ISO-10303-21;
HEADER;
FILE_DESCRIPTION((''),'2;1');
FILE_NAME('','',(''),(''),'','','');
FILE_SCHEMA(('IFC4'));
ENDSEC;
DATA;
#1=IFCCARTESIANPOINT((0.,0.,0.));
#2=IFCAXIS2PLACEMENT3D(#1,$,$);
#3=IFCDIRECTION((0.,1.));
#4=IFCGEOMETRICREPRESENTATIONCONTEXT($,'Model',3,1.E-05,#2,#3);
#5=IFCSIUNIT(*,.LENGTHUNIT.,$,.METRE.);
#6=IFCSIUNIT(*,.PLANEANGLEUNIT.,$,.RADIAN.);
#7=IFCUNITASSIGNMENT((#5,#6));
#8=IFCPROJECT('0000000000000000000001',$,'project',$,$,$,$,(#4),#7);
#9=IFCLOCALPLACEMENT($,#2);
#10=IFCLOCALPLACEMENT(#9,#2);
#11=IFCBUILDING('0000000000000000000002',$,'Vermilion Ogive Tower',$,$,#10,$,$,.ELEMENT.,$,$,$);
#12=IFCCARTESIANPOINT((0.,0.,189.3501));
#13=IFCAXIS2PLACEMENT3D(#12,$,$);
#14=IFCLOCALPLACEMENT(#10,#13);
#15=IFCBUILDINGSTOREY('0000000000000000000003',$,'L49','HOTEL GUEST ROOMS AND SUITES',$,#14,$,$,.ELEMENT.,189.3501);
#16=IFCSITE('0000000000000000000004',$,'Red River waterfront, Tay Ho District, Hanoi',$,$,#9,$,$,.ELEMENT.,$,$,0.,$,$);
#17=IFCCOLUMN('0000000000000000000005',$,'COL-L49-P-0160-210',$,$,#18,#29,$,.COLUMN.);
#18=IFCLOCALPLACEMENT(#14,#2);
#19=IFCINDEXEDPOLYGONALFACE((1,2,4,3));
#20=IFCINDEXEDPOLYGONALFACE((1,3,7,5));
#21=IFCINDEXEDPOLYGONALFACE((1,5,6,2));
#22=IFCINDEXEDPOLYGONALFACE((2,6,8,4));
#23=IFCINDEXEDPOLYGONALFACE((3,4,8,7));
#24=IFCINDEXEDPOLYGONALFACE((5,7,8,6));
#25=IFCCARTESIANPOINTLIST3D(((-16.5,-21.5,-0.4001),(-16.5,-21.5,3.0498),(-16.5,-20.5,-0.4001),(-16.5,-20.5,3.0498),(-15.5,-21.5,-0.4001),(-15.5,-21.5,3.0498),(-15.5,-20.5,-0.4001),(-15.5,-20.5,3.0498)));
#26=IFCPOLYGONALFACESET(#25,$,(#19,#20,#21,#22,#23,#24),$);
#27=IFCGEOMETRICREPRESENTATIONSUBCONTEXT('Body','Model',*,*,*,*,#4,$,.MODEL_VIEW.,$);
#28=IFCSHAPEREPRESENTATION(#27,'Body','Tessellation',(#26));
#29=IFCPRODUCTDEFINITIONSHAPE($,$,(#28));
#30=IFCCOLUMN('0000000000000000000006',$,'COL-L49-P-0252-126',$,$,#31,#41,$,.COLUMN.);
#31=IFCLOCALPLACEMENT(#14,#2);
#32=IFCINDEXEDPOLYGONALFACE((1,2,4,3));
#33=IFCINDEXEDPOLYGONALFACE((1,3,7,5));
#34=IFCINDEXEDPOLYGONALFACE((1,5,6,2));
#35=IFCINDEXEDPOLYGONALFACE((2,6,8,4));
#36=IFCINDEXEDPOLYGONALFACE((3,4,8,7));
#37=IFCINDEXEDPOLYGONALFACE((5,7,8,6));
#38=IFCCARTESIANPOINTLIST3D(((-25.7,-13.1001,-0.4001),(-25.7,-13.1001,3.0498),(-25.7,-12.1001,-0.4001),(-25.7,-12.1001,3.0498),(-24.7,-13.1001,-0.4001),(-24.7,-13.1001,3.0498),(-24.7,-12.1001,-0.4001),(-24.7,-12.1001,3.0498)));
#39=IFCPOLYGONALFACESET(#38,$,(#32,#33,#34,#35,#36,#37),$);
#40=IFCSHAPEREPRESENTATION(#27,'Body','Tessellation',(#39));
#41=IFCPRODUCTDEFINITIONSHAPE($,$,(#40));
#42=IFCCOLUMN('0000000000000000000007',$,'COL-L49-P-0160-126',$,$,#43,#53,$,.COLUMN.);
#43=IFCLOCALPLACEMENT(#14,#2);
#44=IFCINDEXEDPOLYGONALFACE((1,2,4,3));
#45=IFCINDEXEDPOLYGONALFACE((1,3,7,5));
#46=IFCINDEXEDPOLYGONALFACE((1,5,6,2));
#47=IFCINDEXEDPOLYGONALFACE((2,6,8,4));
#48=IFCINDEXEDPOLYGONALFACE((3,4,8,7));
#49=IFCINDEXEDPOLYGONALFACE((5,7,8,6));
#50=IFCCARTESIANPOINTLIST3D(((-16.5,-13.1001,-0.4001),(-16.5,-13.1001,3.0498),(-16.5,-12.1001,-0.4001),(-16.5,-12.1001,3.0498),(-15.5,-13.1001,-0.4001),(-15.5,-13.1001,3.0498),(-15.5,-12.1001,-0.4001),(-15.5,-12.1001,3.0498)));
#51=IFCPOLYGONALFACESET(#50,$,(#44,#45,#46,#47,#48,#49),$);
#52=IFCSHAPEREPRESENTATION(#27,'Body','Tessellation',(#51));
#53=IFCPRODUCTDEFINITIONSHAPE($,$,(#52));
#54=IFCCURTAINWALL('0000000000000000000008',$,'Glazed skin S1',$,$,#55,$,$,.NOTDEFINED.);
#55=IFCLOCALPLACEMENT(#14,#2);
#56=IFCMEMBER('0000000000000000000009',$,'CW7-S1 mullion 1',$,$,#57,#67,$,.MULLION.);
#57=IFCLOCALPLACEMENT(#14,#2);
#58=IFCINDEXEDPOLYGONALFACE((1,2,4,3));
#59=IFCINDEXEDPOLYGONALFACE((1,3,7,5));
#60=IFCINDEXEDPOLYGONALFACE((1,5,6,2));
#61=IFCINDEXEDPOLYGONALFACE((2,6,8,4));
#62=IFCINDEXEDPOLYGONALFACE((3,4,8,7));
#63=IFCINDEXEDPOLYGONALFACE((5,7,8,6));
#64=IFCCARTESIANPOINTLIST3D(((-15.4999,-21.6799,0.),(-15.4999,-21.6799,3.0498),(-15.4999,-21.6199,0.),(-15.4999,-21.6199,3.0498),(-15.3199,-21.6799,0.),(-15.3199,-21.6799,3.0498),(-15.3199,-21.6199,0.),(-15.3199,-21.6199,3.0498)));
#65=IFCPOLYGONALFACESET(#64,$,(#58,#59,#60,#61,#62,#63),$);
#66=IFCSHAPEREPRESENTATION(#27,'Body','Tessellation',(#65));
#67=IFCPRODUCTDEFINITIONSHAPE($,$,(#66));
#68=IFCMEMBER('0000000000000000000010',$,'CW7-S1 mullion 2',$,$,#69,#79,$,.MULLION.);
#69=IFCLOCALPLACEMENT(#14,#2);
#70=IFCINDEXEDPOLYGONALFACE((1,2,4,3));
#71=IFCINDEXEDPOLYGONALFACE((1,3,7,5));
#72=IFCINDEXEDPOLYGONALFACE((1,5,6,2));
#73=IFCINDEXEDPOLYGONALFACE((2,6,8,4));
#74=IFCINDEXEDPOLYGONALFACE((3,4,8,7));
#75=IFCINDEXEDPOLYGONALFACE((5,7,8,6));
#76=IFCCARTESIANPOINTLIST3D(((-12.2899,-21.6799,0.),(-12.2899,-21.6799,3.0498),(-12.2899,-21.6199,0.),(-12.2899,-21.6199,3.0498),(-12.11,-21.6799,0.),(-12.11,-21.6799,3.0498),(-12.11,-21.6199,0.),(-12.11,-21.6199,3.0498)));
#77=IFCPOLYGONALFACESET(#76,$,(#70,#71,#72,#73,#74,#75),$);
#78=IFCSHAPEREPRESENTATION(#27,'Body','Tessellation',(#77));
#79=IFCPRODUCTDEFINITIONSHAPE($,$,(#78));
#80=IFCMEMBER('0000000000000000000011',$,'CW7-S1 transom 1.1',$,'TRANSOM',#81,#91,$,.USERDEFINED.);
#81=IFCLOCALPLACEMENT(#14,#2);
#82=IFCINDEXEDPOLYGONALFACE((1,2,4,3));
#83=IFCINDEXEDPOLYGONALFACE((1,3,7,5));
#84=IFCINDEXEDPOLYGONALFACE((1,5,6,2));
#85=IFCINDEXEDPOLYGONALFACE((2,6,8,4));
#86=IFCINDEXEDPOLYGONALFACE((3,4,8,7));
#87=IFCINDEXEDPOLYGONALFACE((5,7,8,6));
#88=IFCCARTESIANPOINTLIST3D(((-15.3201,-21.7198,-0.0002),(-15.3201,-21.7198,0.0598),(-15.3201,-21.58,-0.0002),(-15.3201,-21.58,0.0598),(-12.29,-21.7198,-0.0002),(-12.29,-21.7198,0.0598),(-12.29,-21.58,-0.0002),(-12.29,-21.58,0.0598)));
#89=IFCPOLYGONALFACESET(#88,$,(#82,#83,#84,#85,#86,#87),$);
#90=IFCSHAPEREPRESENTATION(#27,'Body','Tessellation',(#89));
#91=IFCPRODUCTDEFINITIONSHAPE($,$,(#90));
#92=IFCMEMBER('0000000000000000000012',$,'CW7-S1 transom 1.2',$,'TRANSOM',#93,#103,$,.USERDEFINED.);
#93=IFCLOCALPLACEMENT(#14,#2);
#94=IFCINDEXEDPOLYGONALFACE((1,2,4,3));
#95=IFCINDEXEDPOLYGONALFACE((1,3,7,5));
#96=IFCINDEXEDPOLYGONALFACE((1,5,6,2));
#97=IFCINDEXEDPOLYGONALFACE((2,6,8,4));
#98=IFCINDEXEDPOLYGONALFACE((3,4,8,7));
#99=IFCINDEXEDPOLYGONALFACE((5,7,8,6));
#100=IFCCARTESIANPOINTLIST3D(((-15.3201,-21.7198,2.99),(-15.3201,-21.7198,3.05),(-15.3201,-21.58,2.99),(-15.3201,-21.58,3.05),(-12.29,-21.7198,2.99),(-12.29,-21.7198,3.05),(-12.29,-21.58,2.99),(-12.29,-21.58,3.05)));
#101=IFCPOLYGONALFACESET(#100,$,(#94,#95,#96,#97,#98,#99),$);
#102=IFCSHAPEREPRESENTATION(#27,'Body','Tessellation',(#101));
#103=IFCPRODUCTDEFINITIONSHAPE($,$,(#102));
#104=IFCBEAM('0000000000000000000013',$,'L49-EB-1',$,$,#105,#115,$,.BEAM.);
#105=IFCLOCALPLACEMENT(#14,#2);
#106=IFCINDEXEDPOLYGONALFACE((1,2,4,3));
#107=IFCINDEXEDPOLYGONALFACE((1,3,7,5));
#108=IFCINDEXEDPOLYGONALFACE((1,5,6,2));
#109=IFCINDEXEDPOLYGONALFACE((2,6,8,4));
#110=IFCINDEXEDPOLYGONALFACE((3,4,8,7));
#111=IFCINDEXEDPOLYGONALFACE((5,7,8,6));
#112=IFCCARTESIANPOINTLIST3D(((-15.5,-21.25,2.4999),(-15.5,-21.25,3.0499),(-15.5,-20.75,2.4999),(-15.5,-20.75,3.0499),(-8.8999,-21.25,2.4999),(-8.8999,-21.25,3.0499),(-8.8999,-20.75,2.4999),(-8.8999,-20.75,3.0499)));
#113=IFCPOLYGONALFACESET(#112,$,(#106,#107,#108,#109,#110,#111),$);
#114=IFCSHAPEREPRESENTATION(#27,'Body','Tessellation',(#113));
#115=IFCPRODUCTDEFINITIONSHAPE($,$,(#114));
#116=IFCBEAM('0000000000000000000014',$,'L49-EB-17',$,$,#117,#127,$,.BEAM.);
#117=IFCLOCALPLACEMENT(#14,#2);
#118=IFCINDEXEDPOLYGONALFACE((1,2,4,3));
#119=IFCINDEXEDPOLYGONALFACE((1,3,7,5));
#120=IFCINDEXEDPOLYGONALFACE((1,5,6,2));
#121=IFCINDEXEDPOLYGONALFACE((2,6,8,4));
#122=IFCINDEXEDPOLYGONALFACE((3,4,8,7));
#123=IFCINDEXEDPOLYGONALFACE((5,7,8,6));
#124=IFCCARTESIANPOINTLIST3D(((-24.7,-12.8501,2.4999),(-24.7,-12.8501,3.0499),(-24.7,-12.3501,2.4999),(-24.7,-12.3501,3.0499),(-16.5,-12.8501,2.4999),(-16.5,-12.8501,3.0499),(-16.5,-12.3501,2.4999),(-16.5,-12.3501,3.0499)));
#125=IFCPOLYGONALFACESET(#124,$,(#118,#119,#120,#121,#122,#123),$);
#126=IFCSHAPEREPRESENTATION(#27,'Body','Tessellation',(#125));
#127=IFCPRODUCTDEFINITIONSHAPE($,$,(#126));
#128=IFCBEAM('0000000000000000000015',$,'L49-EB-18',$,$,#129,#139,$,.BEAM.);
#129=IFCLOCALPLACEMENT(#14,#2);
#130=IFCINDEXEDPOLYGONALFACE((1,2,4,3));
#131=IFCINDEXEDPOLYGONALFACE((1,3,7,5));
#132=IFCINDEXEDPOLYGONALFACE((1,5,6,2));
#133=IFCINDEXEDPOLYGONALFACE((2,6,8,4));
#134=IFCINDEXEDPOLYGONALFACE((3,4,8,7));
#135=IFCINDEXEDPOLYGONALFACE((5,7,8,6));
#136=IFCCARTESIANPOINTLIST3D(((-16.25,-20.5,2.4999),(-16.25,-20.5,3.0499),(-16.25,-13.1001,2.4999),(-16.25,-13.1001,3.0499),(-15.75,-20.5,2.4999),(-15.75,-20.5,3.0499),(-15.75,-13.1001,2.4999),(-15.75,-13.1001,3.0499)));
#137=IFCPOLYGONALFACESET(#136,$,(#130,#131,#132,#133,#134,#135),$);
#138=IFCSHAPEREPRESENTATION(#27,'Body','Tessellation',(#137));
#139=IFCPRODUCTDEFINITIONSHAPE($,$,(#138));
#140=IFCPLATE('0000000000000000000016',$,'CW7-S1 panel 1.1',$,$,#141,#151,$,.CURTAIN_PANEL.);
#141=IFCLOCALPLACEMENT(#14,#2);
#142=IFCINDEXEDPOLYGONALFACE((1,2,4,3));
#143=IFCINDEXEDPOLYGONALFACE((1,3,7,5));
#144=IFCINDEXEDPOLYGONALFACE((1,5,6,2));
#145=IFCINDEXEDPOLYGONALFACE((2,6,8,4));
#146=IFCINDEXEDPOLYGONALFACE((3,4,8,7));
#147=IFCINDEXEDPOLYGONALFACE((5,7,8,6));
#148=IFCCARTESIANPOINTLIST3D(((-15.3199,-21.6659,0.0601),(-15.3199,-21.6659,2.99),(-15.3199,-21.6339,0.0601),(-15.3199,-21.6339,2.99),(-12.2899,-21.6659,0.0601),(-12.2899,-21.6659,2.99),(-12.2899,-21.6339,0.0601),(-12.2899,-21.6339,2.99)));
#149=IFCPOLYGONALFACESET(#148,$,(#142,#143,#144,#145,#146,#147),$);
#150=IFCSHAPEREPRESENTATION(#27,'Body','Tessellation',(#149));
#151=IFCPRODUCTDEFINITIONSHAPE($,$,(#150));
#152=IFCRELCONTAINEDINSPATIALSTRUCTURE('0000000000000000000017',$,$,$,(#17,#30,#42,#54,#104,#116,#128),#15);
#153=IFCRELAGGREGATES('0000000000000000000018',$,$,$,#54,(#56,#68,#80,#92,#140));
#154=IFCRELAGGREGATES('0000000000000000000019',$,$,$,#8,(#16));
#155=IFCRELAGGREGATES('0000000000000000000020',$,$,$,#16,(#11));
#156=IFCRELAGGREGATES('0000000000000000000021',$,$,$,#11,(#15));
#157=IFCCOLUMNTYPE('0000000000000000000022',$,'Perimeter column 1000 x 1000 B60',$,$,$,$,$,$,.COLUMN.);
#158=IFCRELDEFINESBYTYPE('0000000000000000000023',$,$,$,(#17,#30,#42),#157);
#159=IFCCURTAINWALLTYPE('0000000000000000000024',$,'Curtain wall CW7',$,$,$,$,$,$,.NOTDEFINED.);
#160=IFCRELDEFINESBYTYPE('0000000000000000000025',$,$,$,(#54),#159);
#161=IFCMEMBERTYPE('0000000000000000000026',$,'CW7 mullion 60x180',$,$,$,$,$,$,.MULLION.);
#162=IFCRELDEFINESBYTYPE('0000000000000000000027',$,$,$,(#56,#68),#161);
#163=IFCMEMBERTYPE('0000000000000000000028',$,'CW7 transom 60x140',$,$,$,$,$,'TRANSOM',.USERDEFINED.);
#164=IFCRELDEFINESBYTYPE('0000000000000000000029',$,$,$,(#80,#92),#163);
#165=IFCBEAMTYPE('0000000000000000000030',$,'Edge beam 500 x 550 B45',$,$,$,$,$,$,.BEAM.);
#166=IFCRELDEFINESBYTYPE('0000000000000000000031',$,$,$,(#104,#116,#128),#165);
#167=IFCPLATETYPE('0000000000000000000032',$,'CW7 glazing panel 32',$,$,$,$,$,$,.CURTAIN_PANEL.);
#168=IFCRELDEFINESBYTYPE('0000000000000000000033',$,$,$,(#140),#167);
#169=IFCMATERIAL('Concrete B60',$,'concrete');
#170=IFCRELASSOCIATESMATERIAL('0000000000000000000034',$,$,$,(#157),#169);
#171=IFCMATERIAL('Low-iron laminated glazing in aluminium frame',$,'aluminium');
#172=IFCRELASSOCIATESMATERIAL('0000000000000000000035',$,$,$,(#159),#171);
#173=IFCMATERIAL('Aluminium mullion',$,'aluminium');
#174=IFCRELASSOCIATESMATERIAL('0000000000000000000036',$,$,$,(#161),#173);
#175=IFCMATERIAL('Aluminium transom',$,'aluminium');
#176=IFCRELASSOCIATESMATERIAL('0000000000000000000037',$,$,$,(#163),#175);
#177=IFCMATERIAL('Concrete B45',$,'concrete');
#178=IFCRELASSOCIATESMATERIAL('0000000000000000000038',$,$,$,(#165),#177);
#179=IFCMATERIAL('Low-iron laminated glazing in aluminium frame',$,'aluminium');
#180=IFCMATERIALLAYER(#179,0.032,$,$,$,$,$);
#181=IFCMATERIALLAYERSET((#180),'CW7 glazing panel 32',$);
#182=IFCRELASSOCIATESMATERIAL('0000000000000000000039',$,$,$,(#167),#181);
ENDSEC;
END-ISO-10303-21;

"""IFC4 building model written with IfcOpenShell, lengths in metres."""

from ifc_helpers import new_model, si_unit, direction, frame, origin, origin_2d, place, context, subcontext, project, spatial, rectangle, extrude, material, layer, layer_set, material_profile, profile_set, type_object, element, aggregate, save


model = new_model("IFC4")

# Units and contexts
model_context = context("Model", 3, precision=1e-05, world=origin(), true_north=direction((0.0, 1.0)))
body_context = subcontext(model_context, "Body", "Model", "MODEL_VIEW")
ifc_project = project(units=[si_unit("LENGTHUNIT", "METRE"), si_unit("PLANEANGLEUNIT", "RADIAN")], contexts=[model_context])

# Site, building, storey
site_placement = place(None, origin())
site = spatial("IfcSite", under=ifc_project, at=site_placement, Name="Red River waterfront, Tay Ho District, Hanoi", CompositionType="ELEMENT", RefElevation=0.0)
building_placement = place(site_placement, origin())
building = spatial("IfcBuilding", under=site, at=building_placement, Name="Vermilion Ogive Tower", CompositionType="ELEMENT")
storey_placement = place(building_placement, frame((0.0, 0.0, 189.3501)))
storey = spatial("IfcBuildingStorey", under=building, at=storey_placement, Name="L49", Description="HOTEL GUEST ROOMS AND SUITES", CompositionType="ELEMENT", Elevation=189.3501)

# Columns
ifc_material_1 = material(Name="Concrete B60", Category="concrete")
ifc_material_profile_1 = material_profile(ifc_material_1, rectangle(XDim=1.0, YDim=1.0, at=origin_2d()), Name="1000 x 1000")
ifc_profile_set_1 = profile_set([ifc_material_profile_1], Name="Concrete B60")
column_type = type_object("IfcColumnType", Name="Perimeter column 1000 x 1000 B60", PredefinedType="COLUMN", material=ifc_profile_set_1)
for number, where, z_axis, x_axis, name in (
    (1, (-16.0, -21.0, -0.4001), (0.0, 0.0, 1.0), (1.0, 0.0, 0.0), "COL-L49-P-0160-210"),
    (2, (-25.2, -12.6001, -0.4001), (0.0, 0.0, 1.0), (1.0, 0.0, 0.0), "COL-L49-P-0252-126"),
    (3, (-16.0, -12.6001, -0.4001), (0.0, 0.0, 1.0), (1.0, 0.0, 0.0), "COL-L49-P-0160-126"),
):
    element("IfcColumn", number, at=place(storey_placement, frame(where, z_axis=z_axis, x_axis=x_axis)), inside=storey, type_object=column_type, Name=name, PredefinedType="COLUMN", context=body_context, shape_type="SweptSolid", body=[
        extrude(rectangle(XDim=1.0, YDim=1.0, at=origin_2d()), origin(), (0.0, 0.0, 1.0), 3.45),
    ])

# Curtain wall, members
ifc_material_2 = material(Name="Low-iron laminated glazing in aluminium frame", Category="aluminium")
curtain_wall_type = type_object("IfcCurtainWallType", Name="Curtain wall CW7", PredefinedType="NOTDEFINED", material=ifc_material_2)
curtain_wall_placement = place(storey_placement, origin())
curtain_wall = element("IfcCurtainWall", 4, at=curtain_wall_placement, inside=storey, type_object=curtain_wall_type, Name="Glazed skin S1", PredefinedType="NOTDEFINED")
ifc_material_3 = material(Name="Aluminium mullion", Category="aluminium")
ifc_material_profile_2 = material_profile(ifc_material_3, rectangle(XDim=0.0601, YDim=0.1799, at=origin_2d()), Name="AL 60x180")
ifc_profile_set_2 = profile_set([ifc_material_profile_2], Name="Aluminium mullion")
member_type_1 = type_object("IfcMemberType", Name="CW7 mullion 60x180", PredefinedType="MULLION", material=ifc_profile_set_2)
member_1_placement = place(storey_placement, frame((-15.4099, -21.6499, 0.0), z_axis=(0.0, 0.0, 1.0), x_axis=(0.0, 1.0, 0.0)))
member_1 = element("IfcMember", 5, at=member_1_placement, type_object=member_type_1, Name="CW7-S1 mullion 1", PredefinedType="MULLION", context=body_context, shape_type="SweptSolid", body=[
    extrude(rectangle(XDim=0.0601, YDim=0.1799, at=origin_2d()), origin(), (0.0, 0.0, 1.0), 3.0498),
])
member_2_placement = place(storey_placement, frame((-12.2, -21.6499, 0.0), z_axis=(0.0, 0.0, 1.0), x_axis=(0.0, 1.0, 0.0)))
member_2 = element("IfcMember", 6, at=member_2_placement, type_object=member_type_1, Name="CW7-S1 mullion 2", PredefinedType="MULLION", context=body_context, shape_type="SweptSolid", body=[
    extrude(rectangle(XDim=0.0601, YDim=0.1799, at=origin_2d()), origin(), (0.0, 0.0, 1.0), 3.0498),
])
ifc_material_4 = material(Name="Aluminium transom", Category="aluminium")
ifc_material_profile_3 = material_profile(ifc_material_4, rectangle(XDim=0.1399, YDim=0.0601, at=origin_2d()), Name="AL 60x140")
ifc_profile_set_3 = profile_set([ifc_material_profile_3], Name="Aluminium transom")
member_type_2 = type_object("IfcMemberType", Name="CW7 transom 60x140", ElementType="TRANSOM", PredefinedType="USERDEFINED", material=ifc_profile_set_3)
member_3_placement = place(storey_placement, frame((-15.3201, -21.6499, 0.0298), z_axis=(1.0, 0.0, 0.0), x_axis=(0.0, 1.0, 0.0)))
member_3 = element("IfcMember", 7, at=member_3_placement, type_object=member_type_2, Name="CW7-S1 transom 1.1", ObjectType="TRANSOM", PredefinedType="USERDEFINED", context=body_context, shape_type="SweptSolid", body=[
    extrude(rectangle(XDim=0.1399, YDim=0.0601, at=origin_2d()), origin(), (0.0, 0.0, 1.0), 3.03),
])
member_4_placement = place(storey_placement, frame((-15.3201, -21.6499, 3.02), z_axis=(1.0, 0.0, 0.0), x_axis=(0.0, 1.0, 0.0)))
member_4 = element("IfcMember", 8, at=member_4_placement, type_object=member_type_2, Name="CW7-S1 transom 1.2", ObjectType="TRANSOM", PredefinedType="USERDEFINED", context=body_context, shape_type="SweptSolid", body=[
    extrude(rectangle(XDim=0.1399, YDim=0.0601, at=origin_2d()), origin(), (0.0, 0.0, 1.0), 3.03),
])

# Beams
ifc_material_5 = material(Name="Concrete B45", Category="concrete")
ifc_material_profile_4 = material_profile(ifc_material_5, rectangle(XDim=0.5, YDim=0.55, at=origin_2d()), Name="500 x 550")
ifc_profile_set_4 = profile_set([ifc_material_profile_4], Name="Concrete B45")
beam_type = type_object("IfcBeamType", Name="Edge beam 500 x 550 B45", PredefinedType="BEAM", material=ifc_profile_set_4)
beam_1_placement = place(storey_placement, frame((-15.5, -21.0, 2.7749), z_axis=(1.0, 0.0, 0.0), x_axis=(0.0, 1.0, 0.0)))
element("IfcBeam", 9, at=beam_1_placement, inside=storey, type_object=beam_type, Name="L49-EB-1", PredefinedType="BEAM", context=body_context, shape_type="SweptSolid", body=[
    extrude(rectangle(XDim=0.5, YDim=0.55, at=origin_2d()), origin(), (0.0, 0.0, 1.0), 6.6001),
])
beam_2_placement = place(storey_placement, frame((-24.7, -12.6001, 2.7749), z_axis=(1.0, 0.0, 0.0), x_axis=(0.0, 1.0, 0.0)))
element("IfcBeam", 10, at=beam_2_placement, inside=storey, type_object=beam_type, Name="L49-EB-17", PredefinedType="BEAM", context=body_context, shape_type="SweptSolid", body=[
    extrude(rectangle(XDim=0.5, YDim=0.55, at=origin_2d()), origin(), (0.0, 0.0, 1.0), 8.2),
])
beam_3_placement = place(storey_placement, frame((-16.0, -13.1001, 2.7749), z_axis=(0.0, -1.0, 0.0), x_axis=(1.0, 0.0, 0.0)))
element("IfcBeam", 11, at=beam_3_placement, inside=storey, type_object=beam_type, Name="L49-EB-18", PredefinedType="BEAM", context=body_context, shape_type="SweptSolid", body=[
    extrude(rectangle(XDim=0.5, YDim=0.55, at=origin_2d()), origin(), (0.0, 0.0, 1.0), 7.3999),
])

# Plate
ifc_material_6 = material(Name="Low-iron laminated glazing in aluminium frame", Category="aluminium")
ifc_layer_1 = layer(ifc_material_6, 0.032)
ifc_layer_set_1 = layer_set([ifc_layer_1], Name="CW7 glazing panel 32")
plate_type = type_object("IfcPlateType", Name="CW7 glazing panel 32", PredefinedType="CURTAIN_PANEL", material=ifc_layer_set_1)
plate_placement = place(storey_placement, frame((-13.8049, -21.6499, 0.0601), z_axis=(0.0, 0.0, 1.0), x_axis=(1.0, 0.0, 0.0)))
plate = element("IfcPlate", 12, at=plate_placement, type_object=plate_type, Name="CW7-S1 panel 1.1", PredefinedType="CURTAIN_PANEL", context=body_context, shape_type="SweptSolid", body=[
    extrude(rectangle(XDim=3.03, YDim=0.032, at=origin_2d()), origin(), (0.0, 0.0, 1.0), 2.9299),
])
aggregate(curtain_wall, [member_1, member_2, member_3, member_4, plate])

save(model, "model.ifc")
